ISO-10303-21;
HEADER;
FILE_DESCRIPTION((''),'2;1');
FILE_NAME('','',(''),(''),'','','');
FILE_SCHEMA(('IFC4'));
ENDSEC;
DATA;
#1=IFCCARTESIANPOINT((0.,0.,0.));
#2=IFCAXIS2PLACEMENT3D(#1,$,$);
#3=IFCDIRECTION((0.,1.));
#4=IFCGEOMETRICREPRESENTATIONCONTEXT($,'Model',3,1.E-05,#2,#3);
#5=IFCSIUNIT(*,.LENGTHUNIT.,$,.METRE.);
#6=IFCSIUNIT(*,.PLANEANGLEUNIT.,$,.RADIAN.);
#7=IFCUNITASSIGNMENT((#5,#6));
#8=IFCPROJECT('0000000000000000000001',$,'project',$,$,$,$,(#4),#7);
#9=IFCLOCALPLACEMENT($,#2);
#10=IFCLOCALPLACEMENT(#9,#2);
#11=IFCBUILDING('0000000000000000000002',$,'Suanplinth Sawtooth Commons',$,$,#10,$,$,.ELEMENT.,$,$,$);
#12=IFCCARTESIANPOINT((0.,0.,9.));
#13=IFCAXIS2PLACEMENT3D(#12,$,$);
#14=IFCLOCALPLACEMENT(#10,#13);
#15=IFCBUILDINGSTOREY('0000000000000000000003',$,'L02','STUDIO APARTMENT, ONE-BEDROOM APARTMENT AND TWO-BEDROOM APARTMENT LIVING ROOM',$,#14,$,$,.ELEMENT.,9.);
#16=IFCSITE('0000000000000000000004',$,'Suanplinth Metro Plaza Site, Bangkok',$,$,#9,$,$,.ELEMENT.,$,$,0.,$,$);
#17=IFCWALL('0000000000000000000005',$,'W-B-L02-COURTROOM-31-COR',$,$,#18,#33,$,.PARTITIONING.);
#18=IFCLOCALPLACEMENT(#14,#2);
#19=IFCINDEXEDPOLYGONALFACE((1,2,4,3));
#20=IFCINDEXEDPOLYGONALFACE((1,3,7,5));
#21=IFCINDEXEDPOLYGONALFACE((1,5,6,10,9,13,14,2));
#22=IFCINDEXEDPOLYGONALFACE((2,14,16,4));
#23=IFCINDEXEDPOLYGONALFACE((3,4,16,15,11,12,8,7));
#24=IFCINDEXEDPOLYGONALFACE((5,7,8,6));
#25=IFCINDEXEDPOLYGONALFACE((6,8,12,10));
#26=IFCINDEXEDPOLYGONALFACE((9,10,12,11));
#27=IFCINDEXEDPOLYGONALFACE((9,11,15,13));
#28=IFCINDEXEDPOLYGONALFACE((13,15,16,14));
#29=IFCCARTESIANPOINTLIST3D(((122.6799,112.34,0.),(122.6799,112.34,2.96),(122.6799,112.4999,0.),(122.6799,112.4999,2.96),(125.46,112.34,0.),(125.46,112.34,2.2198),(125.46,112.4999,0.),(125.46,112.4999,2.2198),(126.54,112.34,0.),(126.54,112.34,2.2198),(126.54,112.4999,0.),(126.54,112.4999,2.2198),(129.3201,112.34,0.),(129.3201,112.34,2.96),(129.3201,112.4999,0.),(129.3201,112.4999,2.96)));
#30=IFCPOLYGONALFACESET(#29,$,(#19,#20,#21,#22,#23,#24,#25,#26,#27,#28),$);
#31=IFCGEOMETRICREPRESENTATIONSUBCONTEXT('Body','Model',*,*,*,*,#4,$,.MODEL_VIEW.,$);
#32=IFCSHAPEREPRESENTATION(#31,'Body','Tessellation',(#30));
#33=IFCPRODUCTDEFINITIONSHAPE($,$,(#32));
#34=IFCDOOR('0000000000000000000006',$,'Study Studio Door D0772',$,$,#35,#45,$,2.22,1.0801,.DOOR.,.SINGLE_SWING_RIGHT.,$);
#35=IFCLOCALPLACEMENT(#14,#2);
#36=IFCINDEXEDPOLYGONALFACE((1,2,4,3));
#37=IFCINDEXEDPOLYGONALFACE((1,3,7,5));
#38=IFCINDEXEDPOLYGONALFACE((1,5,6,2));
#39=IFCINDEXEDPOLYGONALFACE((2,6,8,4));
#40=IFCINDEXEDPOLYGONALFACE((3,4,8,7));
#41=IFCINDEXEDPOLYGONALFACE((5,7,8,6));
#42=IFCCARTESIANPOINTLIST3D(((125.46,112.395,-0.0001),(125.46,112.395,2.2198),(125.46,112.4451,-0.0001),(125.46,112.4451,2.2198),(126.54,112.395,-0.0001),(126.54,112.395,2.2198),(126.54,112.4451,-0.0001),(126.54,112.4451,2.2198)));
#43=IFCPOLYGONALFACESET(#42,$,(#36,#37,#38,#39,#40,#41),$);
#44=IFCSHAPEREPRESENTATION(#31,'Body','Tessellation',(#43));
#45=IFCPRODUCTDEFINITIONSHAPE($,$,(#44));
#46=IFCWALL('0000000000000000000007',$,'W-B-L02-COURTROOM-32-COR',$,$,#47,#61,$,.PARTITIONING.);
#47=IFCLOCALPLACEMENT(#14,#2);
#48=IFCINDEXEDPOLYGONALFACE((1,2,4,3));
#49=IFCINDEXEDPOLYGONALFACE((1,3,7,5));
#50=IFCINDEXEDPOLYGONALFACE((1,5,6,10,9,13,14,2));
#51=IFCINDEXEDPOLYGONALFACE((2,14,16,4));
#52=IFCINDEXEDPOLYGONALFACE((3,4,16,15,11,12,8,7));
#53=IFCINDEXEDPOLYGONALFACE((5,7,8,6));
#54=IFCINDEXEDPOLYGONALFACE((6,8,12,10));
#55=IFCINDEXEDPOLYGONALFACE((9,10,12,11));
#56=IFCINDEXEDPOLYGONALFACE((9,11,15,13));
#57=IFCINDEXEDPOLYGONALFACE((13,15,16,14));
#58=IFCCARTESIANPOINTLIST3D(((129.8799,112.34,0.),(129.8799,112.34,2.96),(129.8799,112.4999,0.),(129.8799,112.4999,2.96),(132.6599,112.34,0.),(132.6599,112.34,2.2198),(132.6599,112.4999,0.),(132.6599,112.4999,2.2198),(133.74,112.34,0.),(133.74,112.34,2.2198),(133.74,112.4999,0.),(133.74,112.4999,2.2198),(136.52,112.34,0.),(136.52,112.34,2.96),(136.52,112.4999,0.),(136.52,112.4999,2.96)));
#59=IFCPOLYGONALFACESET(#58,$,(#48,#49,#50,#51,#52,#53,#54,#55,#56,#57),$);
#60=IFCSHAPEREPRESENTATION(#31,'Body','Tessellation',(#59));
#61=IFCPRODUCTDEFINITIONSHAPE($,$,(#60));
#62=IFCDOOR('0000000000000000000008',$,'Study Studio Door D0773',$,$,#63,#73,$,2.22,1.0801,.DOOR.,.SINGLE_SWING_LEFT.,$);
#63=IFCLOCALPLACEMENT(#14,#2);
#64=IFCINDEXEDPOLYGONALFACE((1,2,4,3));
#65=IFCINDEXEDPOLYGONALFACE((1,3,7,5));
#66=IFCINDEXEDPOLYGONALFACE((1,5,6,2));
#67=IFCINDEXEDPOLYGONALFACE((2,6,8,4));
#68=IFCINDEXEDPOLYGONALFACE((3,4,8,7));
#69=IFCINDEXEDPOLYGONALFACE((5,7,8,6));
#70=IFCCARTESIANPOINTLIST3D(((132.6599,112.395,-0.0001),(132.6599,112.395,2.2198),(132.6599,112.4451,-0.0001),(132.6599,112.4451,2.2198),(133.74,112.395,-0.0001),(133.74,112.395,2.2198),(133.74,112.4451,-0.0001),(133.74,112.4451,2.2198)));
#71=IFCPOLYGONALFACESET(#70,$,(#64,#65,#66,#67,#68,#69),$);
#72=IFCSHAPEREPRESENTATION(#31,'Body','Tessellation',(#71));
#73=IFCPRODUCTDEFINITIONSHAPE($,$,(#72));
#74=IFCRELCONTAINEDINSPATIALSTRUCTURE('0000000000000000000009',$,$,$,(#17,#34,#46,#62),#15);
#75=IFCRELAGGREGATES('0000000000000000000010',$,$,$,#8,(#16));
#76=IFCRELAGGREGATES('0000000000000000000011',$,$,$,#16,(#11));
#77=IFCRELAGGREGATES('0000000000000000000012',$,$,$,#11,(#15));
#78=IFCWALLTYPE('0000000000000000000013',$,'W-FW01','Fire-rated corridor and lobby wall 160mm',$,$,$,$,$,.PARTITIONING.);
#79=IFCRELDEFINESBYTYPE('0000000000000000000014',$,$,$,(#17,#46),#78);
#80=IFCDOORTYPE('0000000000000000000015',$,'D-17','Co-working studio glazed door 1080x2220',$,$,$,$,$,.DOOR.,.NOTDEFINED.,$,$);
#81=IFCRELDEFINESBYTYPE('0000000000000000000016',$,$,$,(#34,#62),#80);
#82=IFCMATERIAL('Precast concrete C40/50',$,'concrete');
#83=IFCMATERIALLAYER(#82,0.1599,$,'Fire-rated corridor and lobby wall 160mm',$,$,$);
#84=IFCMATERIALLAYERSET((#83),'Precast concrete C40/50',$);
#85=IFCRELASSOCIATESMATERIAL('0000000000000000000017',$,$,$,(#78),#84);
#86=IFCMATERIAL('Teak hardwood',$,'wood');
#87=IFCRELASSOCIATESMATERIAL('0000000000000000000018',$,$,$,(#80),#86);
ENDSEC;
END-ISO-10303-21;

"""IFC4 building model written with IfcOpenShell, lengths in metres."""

from ifc_helpers import new_model, si_unit, direction, frame, frame_2d, origin, place, context, subcontext, project, spatial, rectangle, extrude, material, layer, layer_set, type_object, element, fill, save


model = new_model("IFC4")

# Units and contexts
model_context = context("Model", 3, precision=1e-05, world=origin(), true_north=direction((0.0, 1.0)))
body_context = subcontext(model_context, "Body", "Model", "MODEL_VIEW")
ifc_project = project(units=[si_unit("LENGTHUNIT", "METRE"), si_unit("PLANEANGLEUNIT", "RADIAN")], contexts=[model_context])

# Site, building, storey
site_placement = place(None, origin())
site = spatial("IfcSite", under=ifc_project, at=site_placement, Name="Suanplinth Metro Plaza Site, Bangkok", CompositionType="ELEMENT", RefElevation=0.0)
building_placement = place(site_placement, origin())
building = spatial("IfcBuilding", under=site, at=building_placement, Name="Suanplinth Sawtooth Commons", CompositionType="ELEMENT")
storey_placement = place(building_placement, frame((0.0, 0.0, 9.0)))
storey = spatial("IfcBuildingStorey", under=building, at=storey_placement, Name="L02", Description="STUDIO APARTMENT, ONE-BEDROOM APARTMENT AND TWO-BEDROOM APARTMENT LIVING ROOM", CompositionType="ELEMENT", Elevation=9.0)

# Shared definitions
ifc_material_1 = material(Name="Precast concrete C40/50", Category="concrete")

# Walls, openings, doors
ifc_layer_1 = layer(ifc_material_1, 0.1599, Name="Fire-rated corridor and lobby wall 160mm")
ifc_layer_set_1 = layer_set([ifc_layer_1], Name="Precast concrete C40/50")
wall_type_1 = type_object("IfcWallType", Name="W-FW01", Description="Fire-rated corridor and lobby wall 160mm", PredefinedType="PARTITIONING", material=ifc_layer_set_1)
wall_1_placement = place(storey_placement, frame((122.6799, 112.4199, 0.0), z_axis=(0.0, 0.0, 1.0), x_axis=(1.0, 0.0, 0.0)))
wall_1 = element("IfcWall", 1, at=wall_1_placement, inside=storey, type_object=wall_type_1, Name="W-B-L02-COURTROOM-31-COR", PredefinedType="PARTITIONING", context=body_context, shape_type="SweptSolid", body=[
    extrude(rectangle(XDim=6.6401, YDim=0.1599, at=frame_2d((3.3201, 0.0))), origin(), (0.0, 0.0, 1.0), 2.96),
])
opening_1_placement = place(wall_1_placement, frame((2.78, 0.0, 0.0)))
opening_1 = element("IfcOpeningElement", 2, at=opening_1_placement, cuts=wall_1, PredefinedType="OPENING", context=body_context, shape_type="SweptSolid", body=[
    extrude(rectangle(XDim=1.0801, YDim=2.22, at=frame_2d((0.54, 1.1099))), frame((0.0, 0.0947, 0.0), z_axis=(0.0, -1.0, 0.0), x_axis=(1.0, 0.0, 0.0)), (0.0, 0.0, 1.0), 0.1897),
])
ifc_material_2 = material(Name="Teak hardwood", Category="wood")
door_type_1 = type_object("IfcDoorType", Name="D-17", Description="Co-working studio glazed door 1080x2220", OperationType="NOTDEFINED", PredefinedType="DOOR", material=ifc_material_2)
door_1_placement = place(opening_1_placement, frame((1.0801, 0.0, 0.0), z_axis=(0.0, 0.0, 1.0), x_axis=(-1.0, 0.0, 0.0)))
door_1 = element("IfcDoor", 3, at=door_1_placement, inside=storey, type_object=door_type_1, Name="Study Studio Door D0772", OperationType="SINGLE_SWING_RIGHT", OverallHeight=2.22, OverallWidth=1.0801, PredefinedType="DOOR", context=body_context, shape_type="SweptSolid", body=[
    extrude(rectangle(XDim=1.0801, YDim=2.22, at=frame_2d((0.54, 1.1099))), frame((0.0, 0.0249, 0.0), z_axis=(0.0, -1.0, 0.0), x_axis=(1.0, 0.0, 0.0)), (0.0, 0.0, 1.0), 0.05),
])
fill(opening_1, door_1)
wall_2_placement = place(storey_placement, frame((129.8799, 112.4199, 0.0), z_axis=(0.0, 0.0, 1.0), x_axis=(1.0, 0.0, 0.0)))
wall_2 = element("IfcWall", 4, at=wall_2_placement, inside=storey, type_object=wall_type_1, Name="W-B-L02-COURTROOM-32-COR", PredefinedType="PARTITIONING", context=body_context, shape_type="SweptSolid", body=[
    extrude(rectangle(XDim=6.6401, YDim=0.1599, at=frame_2d((3.3201, 0.0))), origin(), (0.0, 0.0, 1.0), 2.96),
])
opening_2_placement = place(wall_2_placement, frame((2.78, 0.0, 0.0)))
opening_2 = element("IfcOpeningElement", 5, at=opening_2_placement, cuts=wall_2, PredefinedType="OPENING", context=body_context, shape_type="SweptSolid", body=[
    extrude(rectangle(XDim=1.0801, YDim=2.22, at=frame_2d((0.54, 1.1099))), frame((0.0, 0.0947, 0.0), z_axis=(0.0, -1.0, 0.0), x_axis=(1.0, 0.0, 0.0)), (0.0, 0.0, 1.0), 0.1897),
])
door_2_placement = place(opening_2_placement, frame((1.0801, 0.0, 0.0), z_axis=(0.0, 0.0, 1.0), x_axis=(-1.0, 0.0, 0.0)))
door_2 = element("IfcDoor", 6, at=door_2_placement, inside=storey, type_object=door_type_1, Name="Study Studio Door D0773", OperationType="SINGLE_SWING_LEFT", OverallHeight=2.22, OverallWidth=1.0801, PredefinedType="DOOR", context=body_context, shape_type="SweptSolid", body=[
    extrude(rectangle(XDim=1.0801, YDim=2.22, at=frame_2d((0.54, 1.1099))), frame((0.0, 0.0249, 0.0), z_axis=(0.0, -1.0, 0.0), x_axis=(1.0, 0.0, 0.0)), (0.0, 0.0, 1.0), 0.05),
])
fill(opening_2, door_2)

save(model, "model.ifc")
